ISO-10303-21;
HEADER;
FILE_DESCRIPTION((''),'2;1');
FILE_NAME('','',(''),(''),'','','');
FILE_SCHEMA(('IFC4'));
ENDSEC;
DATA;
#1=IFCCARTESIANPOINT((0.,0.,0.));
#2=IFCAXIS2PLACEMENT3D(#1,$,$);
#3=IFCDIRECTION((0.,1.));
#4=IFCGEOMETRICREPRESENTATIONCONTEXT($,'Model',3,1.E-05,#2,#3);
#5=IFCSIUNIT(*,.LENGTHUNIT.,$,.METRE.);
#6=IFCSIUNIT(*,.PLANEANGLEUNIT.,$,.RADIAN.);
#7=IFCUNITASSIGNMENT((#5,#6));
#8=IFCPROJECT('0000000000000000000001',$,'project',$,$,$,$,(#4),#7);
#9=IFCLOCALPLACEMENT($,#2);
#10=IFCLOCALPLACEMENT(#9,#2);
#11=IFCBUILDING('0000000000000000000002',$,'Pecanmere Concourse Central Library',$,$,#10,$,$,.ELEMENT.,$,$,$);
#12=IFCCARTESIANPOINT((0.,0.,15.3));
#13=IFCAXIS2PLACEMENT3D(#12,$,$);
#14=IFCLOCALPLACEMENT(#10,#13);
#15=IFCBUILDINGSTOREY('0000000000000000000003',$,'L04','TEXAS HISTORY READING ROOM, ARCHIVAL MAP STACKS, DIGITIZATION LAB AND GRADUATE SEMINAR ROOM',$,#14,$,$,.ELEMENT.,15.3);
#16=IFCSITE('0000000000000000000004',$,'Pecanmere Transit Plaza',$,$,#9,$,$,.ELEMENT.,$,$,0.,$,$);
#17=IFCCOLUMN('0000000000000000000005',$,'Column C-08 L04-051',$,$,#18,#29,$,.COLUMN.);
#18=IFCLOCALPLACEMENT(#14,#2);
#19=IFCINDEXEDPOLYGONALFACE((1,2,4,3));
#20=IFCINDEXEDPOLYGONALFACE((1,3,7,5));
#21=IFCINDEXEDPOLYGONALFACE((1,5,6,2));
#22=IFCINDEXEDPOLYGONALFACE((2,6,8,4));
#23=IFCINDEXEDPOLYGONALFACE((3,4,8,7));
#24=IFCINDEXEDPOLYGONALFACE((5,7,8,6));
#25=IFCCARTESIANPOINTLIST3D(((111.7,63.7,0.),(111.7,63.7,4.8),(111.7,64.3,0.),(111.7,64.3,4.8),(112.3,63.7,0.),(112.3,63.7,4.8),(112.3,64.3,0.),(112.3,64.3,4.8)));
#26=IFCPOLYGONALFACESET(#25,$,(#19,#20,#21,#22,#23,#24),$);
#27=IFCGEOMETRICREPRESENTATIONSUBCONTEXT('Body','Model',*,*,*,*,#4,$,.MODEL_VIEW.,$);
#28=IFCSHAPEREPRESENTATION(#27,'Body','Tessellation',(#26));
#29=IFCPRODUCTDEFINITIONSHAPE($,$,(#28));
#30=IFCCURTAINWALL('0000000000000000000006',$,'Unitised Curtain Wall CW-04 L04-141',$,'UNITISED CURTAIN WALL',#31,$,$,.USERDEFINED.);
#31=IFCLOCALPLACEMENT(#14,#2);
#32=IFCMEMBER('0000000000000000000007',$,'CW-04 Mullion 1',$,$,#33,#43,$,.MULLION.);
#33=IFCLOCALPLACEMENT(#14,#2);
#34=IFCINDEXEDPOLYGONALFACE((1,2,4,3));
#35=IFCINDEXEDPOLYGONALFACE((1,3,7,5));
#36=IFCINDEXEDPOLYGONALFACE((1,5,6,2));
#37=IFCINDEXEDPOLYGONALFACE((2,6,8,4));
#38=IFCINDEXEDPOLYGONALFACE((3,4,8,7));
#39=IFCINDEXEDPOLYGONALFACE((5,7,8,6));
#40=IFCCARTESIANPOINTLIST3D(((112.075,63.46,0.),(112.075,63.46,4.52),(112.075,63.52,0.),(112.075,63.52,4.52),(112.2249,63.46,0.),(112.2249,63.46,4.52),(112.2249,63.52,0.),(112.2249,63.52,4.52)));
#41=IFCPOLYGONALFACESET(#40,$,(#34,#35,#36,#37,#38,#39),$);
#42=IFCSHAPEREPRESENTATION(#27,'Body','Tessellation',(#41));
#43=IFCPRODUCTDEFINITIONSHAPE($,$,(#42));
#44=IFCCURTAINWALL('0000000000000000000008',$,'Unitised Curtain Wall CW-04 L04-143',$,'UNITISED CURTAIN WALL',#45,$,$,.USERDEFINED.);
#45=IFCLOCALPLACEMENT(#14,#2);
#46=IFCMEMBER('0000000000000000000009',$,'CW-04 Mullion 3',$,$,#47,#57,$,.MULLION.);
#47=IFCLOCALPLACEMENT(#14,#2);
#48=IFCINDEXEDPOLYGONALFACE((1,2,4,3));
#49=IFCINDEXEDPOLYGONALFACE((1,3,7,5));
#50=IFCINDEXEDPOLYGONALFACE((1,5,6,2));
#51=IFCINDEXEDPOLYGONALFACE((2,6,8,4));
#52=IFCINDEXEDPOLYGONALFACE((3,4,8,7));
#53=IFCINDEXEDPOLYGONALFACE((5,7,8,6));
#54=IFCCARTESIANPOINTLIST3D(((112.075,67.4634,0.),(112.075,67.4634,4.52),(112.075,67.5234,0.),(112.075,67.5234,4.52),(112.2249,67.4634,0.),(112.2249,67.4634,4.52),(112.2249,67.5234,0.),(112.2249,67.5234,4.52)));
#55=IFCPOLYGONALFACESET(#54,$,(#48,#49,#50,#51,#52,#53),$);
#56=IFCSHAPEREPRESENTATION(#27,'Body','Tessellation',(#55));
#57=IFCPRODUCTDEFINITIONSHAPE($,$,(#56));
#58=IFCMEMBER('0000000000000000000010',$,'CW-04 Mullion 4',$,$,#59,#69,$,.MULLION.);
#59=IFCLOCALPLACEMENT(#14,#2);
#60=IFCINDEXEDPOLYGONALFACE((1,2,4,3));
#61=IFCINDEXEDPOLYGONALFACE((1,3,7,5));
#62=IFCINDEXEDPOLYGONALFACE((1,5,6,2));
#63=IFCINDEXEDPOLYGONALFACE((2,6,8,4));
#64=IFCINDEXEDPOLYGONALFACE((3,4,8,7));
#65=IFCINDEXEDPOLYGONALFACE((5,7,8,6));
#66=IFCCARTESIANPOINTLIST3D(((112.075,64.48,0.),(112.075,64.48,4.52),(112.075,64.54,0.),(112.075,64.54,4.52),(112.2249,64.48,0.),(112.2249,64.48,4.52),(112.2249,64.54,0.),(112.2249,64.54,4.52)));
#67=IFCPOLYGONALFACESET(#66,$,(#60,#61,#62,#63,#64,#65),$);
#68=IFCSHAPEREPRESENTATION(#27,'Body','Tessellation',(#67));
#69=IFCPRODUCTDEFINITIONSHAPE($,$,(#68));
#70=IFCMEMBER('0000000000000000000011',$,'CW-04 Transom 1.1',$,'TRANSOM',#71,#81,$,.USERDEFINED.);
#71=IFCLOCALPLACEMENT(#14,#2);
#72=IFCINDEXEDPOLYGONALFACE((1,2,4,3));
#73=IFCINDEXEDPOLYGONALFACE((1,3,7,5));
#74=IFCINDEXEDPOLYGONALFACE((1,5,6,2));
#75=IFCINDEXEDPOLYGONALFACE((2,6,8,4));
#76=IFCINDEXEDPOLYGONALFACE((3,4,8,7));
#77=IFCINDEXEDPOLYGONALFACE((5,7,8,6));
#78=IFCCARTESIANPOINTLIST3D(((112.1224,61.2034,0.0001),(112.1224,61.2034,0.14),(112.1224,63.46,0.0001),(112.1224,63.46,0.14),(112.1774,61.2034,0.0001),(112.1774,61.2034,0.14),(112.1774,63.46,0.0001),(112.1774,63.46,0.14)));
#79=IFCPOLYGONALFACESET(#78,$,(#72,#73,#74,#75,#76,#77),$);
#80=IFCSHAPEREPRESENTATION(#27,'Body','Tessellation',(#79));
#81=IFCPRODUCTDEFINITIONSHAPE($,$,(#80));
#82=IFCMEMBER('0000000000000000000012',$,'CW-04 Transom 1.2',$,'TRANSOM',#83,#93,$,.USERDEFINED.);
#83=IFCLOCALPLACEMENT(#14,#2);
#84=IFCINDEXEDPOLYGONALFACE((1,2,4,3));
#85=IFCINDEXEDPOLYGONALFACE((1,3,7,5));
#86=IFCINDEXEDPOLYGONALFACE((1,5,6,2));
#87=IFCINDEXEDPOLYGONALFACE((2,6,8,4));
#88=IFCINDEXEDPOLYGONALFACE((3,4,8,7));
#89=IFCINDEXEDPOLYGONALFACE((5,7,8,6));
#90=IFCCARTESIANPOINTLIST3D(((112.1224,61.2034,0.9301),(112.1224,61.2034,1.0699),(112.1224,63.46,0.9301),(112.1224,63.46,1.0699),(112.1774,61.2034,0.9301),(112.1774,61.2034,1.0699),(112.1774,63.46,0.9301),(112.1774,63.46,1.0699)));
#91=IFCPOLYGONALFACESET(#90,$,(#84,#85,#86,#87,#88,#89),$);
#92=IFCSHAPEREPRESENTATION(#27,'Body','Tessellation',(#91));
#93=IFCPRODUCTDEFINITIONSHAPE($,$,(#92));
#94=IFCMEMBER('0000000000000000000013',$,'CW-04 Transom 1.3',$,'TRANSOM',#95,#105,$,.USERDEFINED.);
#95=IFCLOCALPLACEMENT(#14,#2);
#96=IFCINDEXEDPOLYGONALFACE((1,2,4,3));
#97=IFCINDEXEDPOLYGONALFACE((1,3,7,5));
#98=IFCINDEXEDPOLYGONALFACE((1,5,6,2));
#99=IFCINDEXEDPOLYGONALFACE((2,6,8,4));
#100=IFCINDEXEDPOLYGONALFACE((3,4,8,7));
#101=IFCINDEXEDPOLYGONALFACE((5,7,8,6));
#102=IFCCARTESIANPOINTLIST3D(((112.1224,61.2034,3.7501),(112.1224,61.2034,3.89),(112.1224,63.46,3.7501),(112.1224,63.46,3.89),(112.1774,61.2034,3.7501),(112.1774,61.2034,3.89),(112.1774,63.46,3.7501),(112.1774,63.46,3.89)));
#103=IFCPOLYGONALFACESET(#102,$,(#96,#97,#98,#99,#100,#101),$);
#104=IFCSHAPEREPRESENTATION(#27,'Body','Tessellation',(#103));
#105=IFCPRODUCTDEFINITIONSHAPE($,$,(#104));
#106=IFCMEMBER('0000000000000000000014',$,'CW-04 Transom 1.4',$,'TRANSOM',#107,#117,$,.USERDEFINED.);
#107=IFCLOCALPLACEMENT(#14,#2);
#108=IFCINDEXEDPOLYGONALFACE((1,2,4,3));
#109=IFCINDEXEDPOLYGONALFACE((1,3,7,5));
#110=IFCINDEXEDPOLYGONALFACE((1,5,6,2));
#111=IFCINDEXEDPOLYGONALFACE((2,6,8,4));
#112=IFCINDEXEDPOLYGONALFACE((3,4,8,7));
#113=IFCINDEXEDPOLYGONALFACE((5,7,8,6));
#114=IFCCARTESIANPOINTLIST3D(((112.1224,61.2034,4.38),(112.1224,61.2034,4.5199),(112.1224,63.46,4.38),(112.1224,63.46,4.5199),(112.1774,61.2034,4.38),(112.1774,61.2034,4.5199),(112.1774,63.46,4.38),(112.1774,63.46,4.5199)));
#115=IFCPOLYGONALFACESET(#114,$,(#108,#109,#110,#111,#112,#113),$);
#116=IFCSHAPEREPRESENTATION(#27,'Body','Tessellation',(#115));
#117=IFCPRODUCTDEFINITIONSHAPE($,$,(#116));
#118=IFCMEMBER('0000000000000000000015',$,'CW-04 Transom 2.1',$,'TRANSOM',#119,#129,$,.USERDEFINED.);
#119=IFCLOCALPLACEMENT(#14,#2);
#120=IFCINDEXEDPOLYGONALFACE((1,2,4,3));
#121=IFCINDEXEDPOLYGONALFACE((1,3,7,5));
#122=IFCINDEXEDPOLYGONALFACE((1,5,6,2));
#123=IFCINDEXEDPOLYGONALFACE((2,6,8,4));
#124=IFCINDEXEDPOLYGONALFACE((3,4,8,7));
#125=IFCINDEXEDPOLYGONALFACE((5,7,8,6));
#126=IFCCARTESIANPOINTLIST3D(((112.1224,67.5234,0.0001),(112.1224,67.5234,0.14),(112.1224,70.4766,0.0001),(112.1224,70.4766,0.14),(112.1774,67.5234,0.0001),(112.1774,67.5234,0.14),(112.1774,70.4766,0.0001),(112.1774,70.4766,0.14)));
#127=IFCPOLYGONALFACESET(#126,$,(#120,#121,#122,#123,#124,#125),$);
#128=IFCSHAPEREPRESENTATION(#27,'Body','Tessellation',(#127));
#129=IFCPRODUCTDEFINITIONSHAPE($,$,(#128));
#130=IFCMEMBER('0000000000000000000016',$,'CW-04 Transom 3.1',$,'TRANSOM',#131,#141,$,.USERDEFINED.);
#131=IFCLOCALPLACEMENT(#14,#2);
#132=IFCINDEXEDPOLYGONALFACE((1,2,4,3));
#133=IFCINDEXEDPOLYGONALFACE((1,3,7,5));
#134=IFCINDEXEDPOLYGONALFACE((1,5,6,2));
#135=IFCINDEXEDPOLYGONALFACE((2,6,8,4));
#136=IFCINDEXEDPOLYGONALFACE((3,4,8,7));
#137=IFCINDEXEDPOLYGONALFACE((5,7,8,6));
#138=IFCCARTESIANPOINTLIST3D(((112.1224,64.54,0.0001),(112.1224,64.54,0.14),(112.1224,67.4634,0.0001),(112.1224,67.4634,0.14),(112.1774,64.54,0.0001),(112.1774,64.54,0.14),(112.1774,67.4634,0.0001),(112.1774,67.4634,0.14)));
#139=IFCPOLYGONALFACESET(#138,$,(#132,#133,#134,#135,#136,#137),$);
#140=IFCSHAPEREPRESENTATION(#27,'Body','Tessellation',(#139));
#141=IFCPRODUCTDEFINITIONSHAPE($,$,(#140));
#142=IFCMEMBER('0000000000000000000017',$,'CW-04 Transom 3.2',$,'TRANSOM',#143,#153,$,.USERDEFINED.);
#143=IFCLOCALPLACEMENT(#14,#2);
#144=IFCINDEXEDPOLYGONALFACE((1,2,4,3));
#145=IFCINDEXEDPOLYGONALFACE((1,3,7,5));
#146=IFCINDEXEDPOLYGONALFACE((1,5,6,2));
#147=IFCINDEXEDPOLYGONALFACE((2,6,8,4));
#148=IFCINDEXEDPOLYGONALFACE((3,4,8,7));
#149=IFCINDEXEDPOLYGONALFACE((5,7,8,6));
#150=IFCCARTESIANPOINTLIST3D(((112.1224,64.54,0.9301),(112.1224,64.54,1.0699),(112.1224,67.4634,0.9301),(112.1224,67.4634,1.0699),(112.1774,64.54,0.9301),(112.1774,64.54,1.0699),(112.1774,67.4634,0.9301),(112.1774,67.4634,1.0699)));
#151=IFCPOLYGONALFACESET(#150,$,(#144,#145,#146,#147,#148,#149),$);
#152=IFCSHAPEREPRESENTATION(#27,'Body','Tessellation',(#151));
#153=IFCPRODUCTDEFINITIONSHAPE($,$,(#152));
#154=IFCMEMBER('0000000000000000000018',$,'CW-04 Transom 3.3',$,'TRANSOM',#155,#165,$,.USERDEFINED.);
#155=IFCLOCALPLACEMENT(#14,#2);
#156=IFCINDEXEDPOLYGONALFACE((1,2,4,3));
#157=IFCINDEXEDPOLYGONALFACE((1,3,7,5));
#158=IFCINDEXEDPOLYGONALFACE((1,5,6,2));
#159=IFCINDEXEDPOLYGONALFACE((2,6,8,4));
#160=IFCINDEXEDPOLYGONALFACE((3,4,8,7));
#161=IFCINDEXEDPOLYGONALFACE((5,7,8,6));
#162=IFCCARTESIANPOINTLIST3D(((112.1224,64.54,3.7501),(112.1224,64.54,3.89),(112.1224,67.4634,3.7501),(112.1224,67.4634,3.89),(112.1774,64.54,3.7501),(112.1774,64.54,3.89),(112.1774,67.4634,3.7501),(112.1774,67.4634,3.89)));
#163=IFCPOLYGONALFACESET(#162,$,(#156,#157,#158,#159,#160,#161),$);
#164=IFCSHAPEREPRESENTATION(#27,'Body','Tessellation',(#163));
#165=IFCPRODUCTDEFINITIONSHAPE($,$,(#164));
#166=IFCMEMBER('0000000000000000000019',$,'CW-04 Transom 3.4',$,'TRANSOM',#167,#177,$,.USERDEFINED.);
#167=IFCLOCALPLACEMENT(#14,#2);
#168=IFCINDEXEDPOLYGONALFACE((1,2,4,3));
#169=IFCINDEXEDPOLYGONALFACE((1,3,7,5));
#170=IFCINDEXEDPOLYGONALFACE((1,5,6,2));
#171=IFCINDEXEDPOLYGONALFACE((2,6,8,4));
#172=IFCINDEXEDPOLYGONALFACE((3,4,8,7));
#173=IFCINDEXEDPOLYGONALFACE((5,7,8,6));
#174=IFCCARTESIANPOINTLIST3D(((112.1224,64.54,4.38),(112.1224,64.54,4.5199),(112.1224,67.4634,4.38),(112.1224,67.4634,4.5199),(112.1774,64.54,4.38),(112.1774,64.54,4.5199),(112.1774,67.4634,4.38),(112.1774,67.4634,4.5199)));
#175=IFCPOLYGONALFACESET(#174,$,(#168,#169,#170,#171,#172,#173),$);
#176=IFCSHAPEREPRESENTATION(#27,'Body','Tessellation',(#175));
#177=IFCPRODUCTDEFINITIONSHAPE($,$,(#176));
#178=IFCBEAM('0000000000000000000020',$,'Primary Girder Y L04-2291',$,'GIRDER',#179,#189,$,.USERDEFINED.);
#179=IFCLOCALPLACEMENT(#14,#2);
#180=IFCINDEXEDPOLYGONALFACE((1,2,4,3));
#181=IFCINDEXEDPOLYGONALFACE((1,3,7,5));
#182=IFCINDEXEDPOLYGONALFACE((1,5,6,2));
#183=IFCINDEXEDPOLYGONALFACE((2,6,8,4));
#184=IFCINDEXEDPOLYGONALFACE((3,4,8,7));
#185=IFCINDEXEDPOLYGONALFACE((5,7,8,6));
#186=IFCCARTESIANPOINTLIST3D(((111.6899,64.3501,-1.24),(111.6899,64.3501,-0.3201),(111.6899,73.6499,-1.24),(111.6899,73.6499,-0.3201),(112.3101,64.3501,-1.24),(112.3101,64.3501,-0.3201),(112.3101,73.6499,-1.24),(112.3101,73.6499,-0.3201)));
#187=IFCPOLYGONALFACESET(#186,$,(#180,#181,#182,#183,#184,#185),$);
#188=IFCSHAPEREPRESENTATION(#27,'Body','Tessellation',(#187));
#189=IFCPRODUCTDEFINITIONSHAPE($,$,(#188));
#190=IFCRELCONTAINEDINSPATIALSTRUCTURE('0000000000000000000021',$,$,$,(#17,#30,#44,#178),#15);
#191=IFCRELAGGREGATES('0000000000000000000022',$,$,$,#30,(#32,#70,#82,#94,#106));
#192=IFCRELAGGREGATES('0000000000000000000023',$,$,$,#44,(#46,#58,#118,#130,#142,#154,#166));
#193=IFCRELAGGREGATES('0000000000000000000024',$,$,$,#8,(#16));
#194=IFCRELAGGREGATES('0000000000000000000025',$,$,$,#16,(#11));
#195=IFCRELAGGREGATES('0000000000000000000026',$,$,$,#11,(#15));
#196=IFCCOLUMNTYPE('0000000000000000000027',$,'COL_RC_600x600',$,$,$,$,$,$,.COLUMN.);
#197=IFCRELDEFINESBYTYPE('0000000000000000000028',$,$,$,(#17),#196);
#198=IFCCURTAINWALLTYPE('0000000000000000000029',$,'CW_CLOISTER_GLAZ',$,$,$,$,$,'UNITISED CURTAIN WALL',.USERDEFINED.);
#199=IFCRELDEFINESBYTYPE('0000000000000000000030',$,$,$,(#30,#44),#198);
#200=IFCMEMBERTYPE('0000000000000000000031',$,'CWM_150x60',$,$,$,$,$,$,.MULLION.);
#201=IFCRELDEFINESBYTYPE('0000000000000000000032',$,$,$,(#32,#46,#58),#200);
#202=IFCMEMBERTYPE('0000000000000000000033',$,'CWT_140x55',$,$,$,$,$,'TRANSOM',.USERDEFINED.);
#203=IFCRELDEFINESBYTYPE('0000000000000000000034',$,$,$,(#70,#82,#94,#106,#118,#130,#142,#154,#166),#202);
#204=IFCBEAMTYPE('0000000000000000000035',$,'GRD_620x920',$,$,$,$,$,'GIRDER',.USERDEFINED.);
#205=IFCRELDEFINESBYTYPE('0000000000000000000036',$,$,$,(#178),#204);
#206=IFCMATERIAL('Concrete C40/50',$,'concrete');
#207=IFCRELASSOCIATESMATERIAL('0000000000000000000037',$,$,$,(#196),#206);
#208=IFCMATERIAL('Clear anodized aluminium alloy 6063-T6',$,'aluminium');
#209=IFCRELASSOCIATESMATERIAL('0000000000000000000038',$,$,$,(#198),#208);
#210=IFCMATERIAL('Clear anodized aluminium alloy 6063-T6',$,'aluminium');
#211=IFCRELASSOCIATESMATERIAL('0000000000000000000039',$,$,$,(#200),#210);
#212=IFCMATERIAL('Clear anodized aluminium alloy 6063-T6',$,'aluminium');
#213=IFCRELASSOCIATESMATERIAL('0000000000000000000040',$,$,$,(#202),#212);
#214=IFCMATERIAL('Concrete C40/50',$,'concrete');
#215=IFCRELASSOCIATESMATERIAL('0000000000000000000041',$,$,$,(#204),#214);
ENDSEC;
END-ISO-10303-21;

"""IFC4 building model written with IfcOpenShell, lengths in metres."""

from ifc_helpers import new_model, si_unit, direction, frame, origin, origin_2d, place, context, subcontext, project, spatial, rectangle, extrude, material, material_profile, profile_set, type_object, element, aggregate, save


model = new_model("IFC4")

# Units and contexts
model_context = context("Model", 3, precision=1e-05, world=origin(), true_north=direction((0.0, 1.0)))
body_context = subcontext(model_context, "Body", "Model", "MODEL_VIEW")
ifc_project = project(units=[si_unit("LENGTHUNIT", "METRE"), si_unit("PLANEANGLEUNIT", "RADIAN")], contexts=[model_context])

# Site, building, storey
site_placement = place(None, origin())
site = spatial("IfcSite", under=ifc_project, at=site_placement, Name="Pecanmere Transit Plaza", CompositionType="ELEMENT", RefElevation=0.0)
building_placement = place(site_placement, origin())
building = spatial("IfcBuilding", under=site, at=building_placement, Name="Pecanmere Concourse Central Library", CompositionType="ELEMENT")
storey_placement = place(building_placement, frame((0.0, 0.0, 15.3)))
storey = spatial("IfcBuildingStorey", under=building, at=storey_placement, Name="L04", Description="TEXAS HISTORY READING ROOM, ARCHIVAL MAP STACKS, DIGITIZATION LAB AND GRADUATE SEMINAR ROOM", CompositionType="ELEMENT", Elevation=15.3)

# Column
ifc_material_1 = material(Name="Concrete C40/50", Category="concrete")
ifc_material_profile_1 = material_profile(ifc_material_1, rectangle(XDim=0.6001, YDim=0.6001, at=origin_2d()), Name="RC 600x600")
ifc_profile_set_1 = profile_set([ifc_material_profile_1], Name="Concrete C40/50")
column_type = type_object("IfcColumnType", Name="COL_RC_600x600", PredefinedType="COLUMN", material=ifc_profile_set_1)
column_placement = place(storey_placement, frame((112.0, 64.0, 0.0), z_axis=(0.0, 0.0, 1.0), x_axis=(1.0, 0.0, 0.0)))
element("IfcColumn", 1, at=column_placement, inside=storey, type_object=column_type, Name="Column C-08 L04-051", PredefinedType="COLUMN", context=body_context, shape_type="SweptSolid", body=[
    extrude(rectangle(XDim=0.6001, YDim=0.6001, at=origin_2d()), origin(), (0.0, 0.0, 1.0), 4.8),
])

# Curtain wall, member
ifc_material_2 = material(Name="Clear anodized aluminium alloy 6063-T6", Category="aluminium")
curtain_wall_type = type_object("IfcCurtainWallType", Name="CW_CLOISTER_GLAZ", ElementType="UNITISED CURTAIN WALL", PredefinedType="USERDEFINED", material=ifc_material_2)
curtain_wall_1_placement = place(storey_placement, origin())
curtain_wall_1 = element("IfcCurtainWall", 2, at=curtain_wall_1_placement, inside=storey, type_object=curtain_wall_type, Name="Unitised Curtain Wall CW-04 L04-141", ObjectType="UNITISED CURTAIN WALL", PredefinedType="USERDEFINED")
ifc_material_3 = material(Name="Clear anodized aluminium alloy 6063-T6", Category="aluminium")
ifc_material_profile_2 = material_profile(ifc_material_3, rectangle(XDim=0.0601, YDim=0.1499, at=origin_2d()), Name="AL 60x150")
ifc_profile_set_2 = profile_set([ifc_material_profile_2], Name="Clear anodized aluminium alloy 6063-T6")
member_type_1 = type_object("IfcMemberType", Name="CWM_150x60", PredefinedType="MULLION", material=ifc_profile_set_2)
member_1_placement = place(storey_placement, frame((112.1499, 63.49, 0.0), z_axis=(0.0, 0.0, 1.0), x_axis=(0.0, -1.0, 0.0)))
member_1 = element("IfcMember", 3, at=member_1_placement, type_object=member_type_1, Name="CW-04 Mullion 1", PredefinedType="MULLION", context=body_context, shape_type="SweptSolid", body=[
    extrude(rectangle(XDim=0.0601, YDim=0.1499, at=origin_2d()), origin(), (0.0, 0.0, 1.0), 4.52),
])

# Curtain wall, members
curtain_wall_2_placement = place(storey_placement, origin())
curtain_wall_2 = element("IfcCurtainWall", 4, at=curtain_wall_2_placement, inside=storey, type_object=curtain_wall_type, Name="Unitised Curtain Wall CW-04 L04-143", ObjectType="UNITISED CURTAIN WALL", PredefinedType="USERDEFINED")
member_2_placement = place(storey_placement, frame((112.1499, 67.4934, 0.0), z_axis=(0.0, 0.0, 1.0), x_axis=(0.0, -1.0, 0.0)))
member_2 = element("IfcMember", 5, at=member_2_placement, type_object=member_type_1, Name="CW-04 Mullion 3", PredefinedType="MULLION", context=body_context, shape_type="SweptSolid", body=[
    extrude(rectangle(XDim=0.0601, YDim=0.1499, at=origin_2d()), origin(), (0.0, 0.0, 1.0), 4.52),
])
member_3_placement = place(storey_placement, frame((112.1499, 64.51, 0.0), z_axis=(0.0, 0.0, 1.0), x_axis=(0.0, -1.0, 0.0)))
member_3 = element("IfcMember", 6, at=member_3_placement, type_object=member_type_1, Name="CW-04 Mullion 4", PredefinedType="MULLION", context=body_context, shape_type="SweptSolid", body=[
    extrude(rectangle(XDim=0.0601, YDim=0.1499, at=origin_2d()), origin(), (0.0, 0.0, 1.0), 4.52),
])

# Members
ifc_material_4 = material(Name="Clear anodized aluminium alloy 6063-T6", Category="aluminium")
ifc_material_profile_3 = material_profile(ifc_material_4, rectangle(XDim=0.0549, YDim=0.1399, at=origin_2d()), Name="AL 55x140")
ifc_profile_set_3 = profile_set([ifc_material_profile_3], Name="Clear anodized aluminium alloy 6063-T6")
member_type_2 = type_object("IfcMemberType", Name="CWT_140x55", ElementType="TRANSOM", PredefinedType="USERDEFINED", material=ifc_profile_set_3)
member_4_placement = place(storey_placement, frame((112.1499, 63.46, 0.0701), z_axis=(0.0, -1.0, 0.0), x_axis=(1.0, 0.0, 0.0)))
member_4 = element("IfcMember", 7, at=member_4_placement, type_object=member_type_2, Name="CW-04 Transom 1.1", ObjectType="TRANSOM", PredefinedType="USERDEFINED", context=body_context, shape_type="SweptSolid", body=[
    extrude(rectangle(XDim=0.0549, YDim=0.1399, at=origin_2d()), origin(), (0.0, 0.0, 1.0), 2.2566),
])
member_5_placement = place(storey_placement, frame((112.1499, 63.46, 1.0), z_axis=(0.0, -1.0, 0.0), x_axis=(1.0, 0.0, 0.0)))
member_5 = element("IfcMember", 8, at=member_5_placement, type_object=member_type_2, Name="CW-04 Transom 1.2", ObjectType="TRANSOM", PredefinedType="USERDEFINED", context=body_context, shape_type="SweptSolid", body=[
    extrude(rectangle(XDim=0.0549, YDim=0.1399, at=origin_2d()), origin(), (0.0, 0.0, 1.0), 2.2566),
])
member_6_placement = place(storey_placement, frame((112.1499, 63.46, 3.8201), z_axis=(0.0, -1.0, 0.0), x_axis=(1.0, 0.0, 0.0)))
member_6 = element("IfcMember", 9, at=member_6_placement, type_object=member_type_2, Name="CW-04 Transom 1.3", ObjectType="TRANSOM", PredefinedType="USERDEFINED", context=body_context, shape_type="SweptSolid", body=[
    extrude(rectangle(XDim=0.0549, YDim=0.1399, at=origin_2d()), origin(), (0.0, 0.0, 1.0), 2.2566),
])
member_7_placement = place(storey_placement, frame((112.1499, 63.46, 4.45), z_axis=(0.0, -1.0, 0.0), x_axis=(1.0, 0.0, 0.0)))
member_7 = element("IfcMember", 10, at=member_7_placement, type_object=member_type_2, Name="CW-04 Transom 1.4", ObjectType="TRANSOM", PredefinedType="USERDEFINED", context=body_context, shape_type="SweptSolid", body=[
    extrude(rectangle(XDim=0.0549, YDim=0.1399, at=origin_2d()), origin(), (0.0, 0.0, 1.0), 2.2566),
])
member_8_placement = place(storey_placement, frame((112.1499, 70.4766, 0.0701), z_axis=(0.0, -1.0, 0.0), x_axis=(1.0, 0.0, 0.0)))
member_8 = element("IfcMember", 11, at=member_8_placement, type_object=member_type_2, Name="CW-04 Transom 2.1", ObjectType="TRANSOM", PredefinedType="USERDEFINED", context=body_context, shape_type="SweptSolid", body=[
    extrude(rectangle(XDim=0.0549, YDim=0.1399, at=origin_2d()), origin(), (0.0, 0.0, 1.0), 2.9531),
])
member_9_placement = place(storey_placement, frame((112.1499, 67.4634, 0.0701), z_axis=(0.0, -1.0, 0.0), x_axis=(1.0, 0.0, 0.0)))
member_9 = element("IfcMember", 12, at=member_9_placement, type_object=member_type_2, Name="CW-04 Transom 3.1", ObjectType="TRANSOM", PredefinedType="USERDEFINED", context=body_context, shape_type="SweptSolid", body=[
    extrude(rectangle(XDim=0.0549, YDim=0.1399, at=origin_2d()), origin(), (0.0, 0.0, 1.0), 2.9233),
])
member_10_placement = place(storey_placement, frame((112.1499, 67.4634, 1.0), z_axis=(0.0, -1.0, 0.0), x_axis=(1.0, 0.0, 0.0)))
member_10 = element("IfcMember", 13, at=member_10_placement, type_object=member_type_2, Name="CW-04 Transom 3.2", ObjectType="TRANSOM", PredefinedType="USERDEFINED", context=body_context, shape_type="SweptSolid", body=[
    extrude(rectangle(XDim=0.0549, YDim=0.1399, at=origin_2d()), origin(), (0.0, 0.0, 1.0), 2.9233),
])
member_11_placement = place(storey_placement, frame((112.1499, 67.4634, 3.8201), z_axis=(0.0, -1.0, 0.0), x_axis=(1.0, 0.0, 0.0)))
member_11 = element("IfcMember", 14, at=member_11_placement, type_object=member_type_2, Name="CW-04 Transom 3.3", ObjectType="TRANSOM", PredefinedType="USERDEFINED", context=body_context, shape_type="SweptSolid", body=[
    extrude(rectangle(XDim=0.0549, YDim=0.1399, at=origin_2d()), origin(), (0.0, 0.0, 1.0), 2.9233),
])
member_12_placement = place(storey_placement, frame((112.1499, 67.4634, 4.45), z_axis=(0.0, -1.0, 0.0), x_axis=(1.0, 0.0, 0.0)))
member_12 = element("IfcMember", 15, at=member_12_placement, type_object=member_type_2, Name="CW-04 Transom 3.4", ObjectType="TRANSOM", PredefinedType="USERDEFINED", context=body_context, shape_type="SweptSolid", body=[
    extrude(rectangle(XDim=0.0549, YDim=0.1399, at=origin_2d()), origin(), (0.0, 0.0, 1.0), 2.9233),
])

# Beam
ifc_material_5 = material(Name="Concrete C40/50", Category="concrete")
ifc_material_profile_4 = material_profile(ifc_material_5, rectangle(XDim=0.6201, YDim=0.9199, at=origin_2d()), Name="RC 620x920")
ifc_profile_set_4 = profile_set([ifc_material_profile_4], Name="Concrete C40/50")
beam_type = type_object("IfcBeamType", Name="GRD_620x920", ElementType="GIRDER", PredefinedType="USERDEFINED", material=ifc_profile_set_4)
beam_placement = place(storey_placement, frame((112.0, 64.3501, -0.78), z_axis=(0.0, 1.0, 0.0), x_axis=(-1.0, 0.0, 0.0)))
element("IfcBeam", 16, at=beam_placement, inside=storey, type_object=beam_type, Name="Primary Girder Y L04-2291", ObjectType="GIRDER", PredefinedType="USERDEFINED", context=body_context, shape_type="SweptSolid", body=[
    extrude(rectangle(XDim=0.6201, YDim=0.9199, at=origin_2d()), origin(), (0.0, 0.0, 1.0), 9.2998),
])

aggregate(curtain_wall_1, [member_1, member_4, member_5, member_6, member_7])
aggregate(curtain_wall_2, [member_2, member_3, member_8, member_9, member_10, member_11, member_12])

save(model, "model.ifc")
